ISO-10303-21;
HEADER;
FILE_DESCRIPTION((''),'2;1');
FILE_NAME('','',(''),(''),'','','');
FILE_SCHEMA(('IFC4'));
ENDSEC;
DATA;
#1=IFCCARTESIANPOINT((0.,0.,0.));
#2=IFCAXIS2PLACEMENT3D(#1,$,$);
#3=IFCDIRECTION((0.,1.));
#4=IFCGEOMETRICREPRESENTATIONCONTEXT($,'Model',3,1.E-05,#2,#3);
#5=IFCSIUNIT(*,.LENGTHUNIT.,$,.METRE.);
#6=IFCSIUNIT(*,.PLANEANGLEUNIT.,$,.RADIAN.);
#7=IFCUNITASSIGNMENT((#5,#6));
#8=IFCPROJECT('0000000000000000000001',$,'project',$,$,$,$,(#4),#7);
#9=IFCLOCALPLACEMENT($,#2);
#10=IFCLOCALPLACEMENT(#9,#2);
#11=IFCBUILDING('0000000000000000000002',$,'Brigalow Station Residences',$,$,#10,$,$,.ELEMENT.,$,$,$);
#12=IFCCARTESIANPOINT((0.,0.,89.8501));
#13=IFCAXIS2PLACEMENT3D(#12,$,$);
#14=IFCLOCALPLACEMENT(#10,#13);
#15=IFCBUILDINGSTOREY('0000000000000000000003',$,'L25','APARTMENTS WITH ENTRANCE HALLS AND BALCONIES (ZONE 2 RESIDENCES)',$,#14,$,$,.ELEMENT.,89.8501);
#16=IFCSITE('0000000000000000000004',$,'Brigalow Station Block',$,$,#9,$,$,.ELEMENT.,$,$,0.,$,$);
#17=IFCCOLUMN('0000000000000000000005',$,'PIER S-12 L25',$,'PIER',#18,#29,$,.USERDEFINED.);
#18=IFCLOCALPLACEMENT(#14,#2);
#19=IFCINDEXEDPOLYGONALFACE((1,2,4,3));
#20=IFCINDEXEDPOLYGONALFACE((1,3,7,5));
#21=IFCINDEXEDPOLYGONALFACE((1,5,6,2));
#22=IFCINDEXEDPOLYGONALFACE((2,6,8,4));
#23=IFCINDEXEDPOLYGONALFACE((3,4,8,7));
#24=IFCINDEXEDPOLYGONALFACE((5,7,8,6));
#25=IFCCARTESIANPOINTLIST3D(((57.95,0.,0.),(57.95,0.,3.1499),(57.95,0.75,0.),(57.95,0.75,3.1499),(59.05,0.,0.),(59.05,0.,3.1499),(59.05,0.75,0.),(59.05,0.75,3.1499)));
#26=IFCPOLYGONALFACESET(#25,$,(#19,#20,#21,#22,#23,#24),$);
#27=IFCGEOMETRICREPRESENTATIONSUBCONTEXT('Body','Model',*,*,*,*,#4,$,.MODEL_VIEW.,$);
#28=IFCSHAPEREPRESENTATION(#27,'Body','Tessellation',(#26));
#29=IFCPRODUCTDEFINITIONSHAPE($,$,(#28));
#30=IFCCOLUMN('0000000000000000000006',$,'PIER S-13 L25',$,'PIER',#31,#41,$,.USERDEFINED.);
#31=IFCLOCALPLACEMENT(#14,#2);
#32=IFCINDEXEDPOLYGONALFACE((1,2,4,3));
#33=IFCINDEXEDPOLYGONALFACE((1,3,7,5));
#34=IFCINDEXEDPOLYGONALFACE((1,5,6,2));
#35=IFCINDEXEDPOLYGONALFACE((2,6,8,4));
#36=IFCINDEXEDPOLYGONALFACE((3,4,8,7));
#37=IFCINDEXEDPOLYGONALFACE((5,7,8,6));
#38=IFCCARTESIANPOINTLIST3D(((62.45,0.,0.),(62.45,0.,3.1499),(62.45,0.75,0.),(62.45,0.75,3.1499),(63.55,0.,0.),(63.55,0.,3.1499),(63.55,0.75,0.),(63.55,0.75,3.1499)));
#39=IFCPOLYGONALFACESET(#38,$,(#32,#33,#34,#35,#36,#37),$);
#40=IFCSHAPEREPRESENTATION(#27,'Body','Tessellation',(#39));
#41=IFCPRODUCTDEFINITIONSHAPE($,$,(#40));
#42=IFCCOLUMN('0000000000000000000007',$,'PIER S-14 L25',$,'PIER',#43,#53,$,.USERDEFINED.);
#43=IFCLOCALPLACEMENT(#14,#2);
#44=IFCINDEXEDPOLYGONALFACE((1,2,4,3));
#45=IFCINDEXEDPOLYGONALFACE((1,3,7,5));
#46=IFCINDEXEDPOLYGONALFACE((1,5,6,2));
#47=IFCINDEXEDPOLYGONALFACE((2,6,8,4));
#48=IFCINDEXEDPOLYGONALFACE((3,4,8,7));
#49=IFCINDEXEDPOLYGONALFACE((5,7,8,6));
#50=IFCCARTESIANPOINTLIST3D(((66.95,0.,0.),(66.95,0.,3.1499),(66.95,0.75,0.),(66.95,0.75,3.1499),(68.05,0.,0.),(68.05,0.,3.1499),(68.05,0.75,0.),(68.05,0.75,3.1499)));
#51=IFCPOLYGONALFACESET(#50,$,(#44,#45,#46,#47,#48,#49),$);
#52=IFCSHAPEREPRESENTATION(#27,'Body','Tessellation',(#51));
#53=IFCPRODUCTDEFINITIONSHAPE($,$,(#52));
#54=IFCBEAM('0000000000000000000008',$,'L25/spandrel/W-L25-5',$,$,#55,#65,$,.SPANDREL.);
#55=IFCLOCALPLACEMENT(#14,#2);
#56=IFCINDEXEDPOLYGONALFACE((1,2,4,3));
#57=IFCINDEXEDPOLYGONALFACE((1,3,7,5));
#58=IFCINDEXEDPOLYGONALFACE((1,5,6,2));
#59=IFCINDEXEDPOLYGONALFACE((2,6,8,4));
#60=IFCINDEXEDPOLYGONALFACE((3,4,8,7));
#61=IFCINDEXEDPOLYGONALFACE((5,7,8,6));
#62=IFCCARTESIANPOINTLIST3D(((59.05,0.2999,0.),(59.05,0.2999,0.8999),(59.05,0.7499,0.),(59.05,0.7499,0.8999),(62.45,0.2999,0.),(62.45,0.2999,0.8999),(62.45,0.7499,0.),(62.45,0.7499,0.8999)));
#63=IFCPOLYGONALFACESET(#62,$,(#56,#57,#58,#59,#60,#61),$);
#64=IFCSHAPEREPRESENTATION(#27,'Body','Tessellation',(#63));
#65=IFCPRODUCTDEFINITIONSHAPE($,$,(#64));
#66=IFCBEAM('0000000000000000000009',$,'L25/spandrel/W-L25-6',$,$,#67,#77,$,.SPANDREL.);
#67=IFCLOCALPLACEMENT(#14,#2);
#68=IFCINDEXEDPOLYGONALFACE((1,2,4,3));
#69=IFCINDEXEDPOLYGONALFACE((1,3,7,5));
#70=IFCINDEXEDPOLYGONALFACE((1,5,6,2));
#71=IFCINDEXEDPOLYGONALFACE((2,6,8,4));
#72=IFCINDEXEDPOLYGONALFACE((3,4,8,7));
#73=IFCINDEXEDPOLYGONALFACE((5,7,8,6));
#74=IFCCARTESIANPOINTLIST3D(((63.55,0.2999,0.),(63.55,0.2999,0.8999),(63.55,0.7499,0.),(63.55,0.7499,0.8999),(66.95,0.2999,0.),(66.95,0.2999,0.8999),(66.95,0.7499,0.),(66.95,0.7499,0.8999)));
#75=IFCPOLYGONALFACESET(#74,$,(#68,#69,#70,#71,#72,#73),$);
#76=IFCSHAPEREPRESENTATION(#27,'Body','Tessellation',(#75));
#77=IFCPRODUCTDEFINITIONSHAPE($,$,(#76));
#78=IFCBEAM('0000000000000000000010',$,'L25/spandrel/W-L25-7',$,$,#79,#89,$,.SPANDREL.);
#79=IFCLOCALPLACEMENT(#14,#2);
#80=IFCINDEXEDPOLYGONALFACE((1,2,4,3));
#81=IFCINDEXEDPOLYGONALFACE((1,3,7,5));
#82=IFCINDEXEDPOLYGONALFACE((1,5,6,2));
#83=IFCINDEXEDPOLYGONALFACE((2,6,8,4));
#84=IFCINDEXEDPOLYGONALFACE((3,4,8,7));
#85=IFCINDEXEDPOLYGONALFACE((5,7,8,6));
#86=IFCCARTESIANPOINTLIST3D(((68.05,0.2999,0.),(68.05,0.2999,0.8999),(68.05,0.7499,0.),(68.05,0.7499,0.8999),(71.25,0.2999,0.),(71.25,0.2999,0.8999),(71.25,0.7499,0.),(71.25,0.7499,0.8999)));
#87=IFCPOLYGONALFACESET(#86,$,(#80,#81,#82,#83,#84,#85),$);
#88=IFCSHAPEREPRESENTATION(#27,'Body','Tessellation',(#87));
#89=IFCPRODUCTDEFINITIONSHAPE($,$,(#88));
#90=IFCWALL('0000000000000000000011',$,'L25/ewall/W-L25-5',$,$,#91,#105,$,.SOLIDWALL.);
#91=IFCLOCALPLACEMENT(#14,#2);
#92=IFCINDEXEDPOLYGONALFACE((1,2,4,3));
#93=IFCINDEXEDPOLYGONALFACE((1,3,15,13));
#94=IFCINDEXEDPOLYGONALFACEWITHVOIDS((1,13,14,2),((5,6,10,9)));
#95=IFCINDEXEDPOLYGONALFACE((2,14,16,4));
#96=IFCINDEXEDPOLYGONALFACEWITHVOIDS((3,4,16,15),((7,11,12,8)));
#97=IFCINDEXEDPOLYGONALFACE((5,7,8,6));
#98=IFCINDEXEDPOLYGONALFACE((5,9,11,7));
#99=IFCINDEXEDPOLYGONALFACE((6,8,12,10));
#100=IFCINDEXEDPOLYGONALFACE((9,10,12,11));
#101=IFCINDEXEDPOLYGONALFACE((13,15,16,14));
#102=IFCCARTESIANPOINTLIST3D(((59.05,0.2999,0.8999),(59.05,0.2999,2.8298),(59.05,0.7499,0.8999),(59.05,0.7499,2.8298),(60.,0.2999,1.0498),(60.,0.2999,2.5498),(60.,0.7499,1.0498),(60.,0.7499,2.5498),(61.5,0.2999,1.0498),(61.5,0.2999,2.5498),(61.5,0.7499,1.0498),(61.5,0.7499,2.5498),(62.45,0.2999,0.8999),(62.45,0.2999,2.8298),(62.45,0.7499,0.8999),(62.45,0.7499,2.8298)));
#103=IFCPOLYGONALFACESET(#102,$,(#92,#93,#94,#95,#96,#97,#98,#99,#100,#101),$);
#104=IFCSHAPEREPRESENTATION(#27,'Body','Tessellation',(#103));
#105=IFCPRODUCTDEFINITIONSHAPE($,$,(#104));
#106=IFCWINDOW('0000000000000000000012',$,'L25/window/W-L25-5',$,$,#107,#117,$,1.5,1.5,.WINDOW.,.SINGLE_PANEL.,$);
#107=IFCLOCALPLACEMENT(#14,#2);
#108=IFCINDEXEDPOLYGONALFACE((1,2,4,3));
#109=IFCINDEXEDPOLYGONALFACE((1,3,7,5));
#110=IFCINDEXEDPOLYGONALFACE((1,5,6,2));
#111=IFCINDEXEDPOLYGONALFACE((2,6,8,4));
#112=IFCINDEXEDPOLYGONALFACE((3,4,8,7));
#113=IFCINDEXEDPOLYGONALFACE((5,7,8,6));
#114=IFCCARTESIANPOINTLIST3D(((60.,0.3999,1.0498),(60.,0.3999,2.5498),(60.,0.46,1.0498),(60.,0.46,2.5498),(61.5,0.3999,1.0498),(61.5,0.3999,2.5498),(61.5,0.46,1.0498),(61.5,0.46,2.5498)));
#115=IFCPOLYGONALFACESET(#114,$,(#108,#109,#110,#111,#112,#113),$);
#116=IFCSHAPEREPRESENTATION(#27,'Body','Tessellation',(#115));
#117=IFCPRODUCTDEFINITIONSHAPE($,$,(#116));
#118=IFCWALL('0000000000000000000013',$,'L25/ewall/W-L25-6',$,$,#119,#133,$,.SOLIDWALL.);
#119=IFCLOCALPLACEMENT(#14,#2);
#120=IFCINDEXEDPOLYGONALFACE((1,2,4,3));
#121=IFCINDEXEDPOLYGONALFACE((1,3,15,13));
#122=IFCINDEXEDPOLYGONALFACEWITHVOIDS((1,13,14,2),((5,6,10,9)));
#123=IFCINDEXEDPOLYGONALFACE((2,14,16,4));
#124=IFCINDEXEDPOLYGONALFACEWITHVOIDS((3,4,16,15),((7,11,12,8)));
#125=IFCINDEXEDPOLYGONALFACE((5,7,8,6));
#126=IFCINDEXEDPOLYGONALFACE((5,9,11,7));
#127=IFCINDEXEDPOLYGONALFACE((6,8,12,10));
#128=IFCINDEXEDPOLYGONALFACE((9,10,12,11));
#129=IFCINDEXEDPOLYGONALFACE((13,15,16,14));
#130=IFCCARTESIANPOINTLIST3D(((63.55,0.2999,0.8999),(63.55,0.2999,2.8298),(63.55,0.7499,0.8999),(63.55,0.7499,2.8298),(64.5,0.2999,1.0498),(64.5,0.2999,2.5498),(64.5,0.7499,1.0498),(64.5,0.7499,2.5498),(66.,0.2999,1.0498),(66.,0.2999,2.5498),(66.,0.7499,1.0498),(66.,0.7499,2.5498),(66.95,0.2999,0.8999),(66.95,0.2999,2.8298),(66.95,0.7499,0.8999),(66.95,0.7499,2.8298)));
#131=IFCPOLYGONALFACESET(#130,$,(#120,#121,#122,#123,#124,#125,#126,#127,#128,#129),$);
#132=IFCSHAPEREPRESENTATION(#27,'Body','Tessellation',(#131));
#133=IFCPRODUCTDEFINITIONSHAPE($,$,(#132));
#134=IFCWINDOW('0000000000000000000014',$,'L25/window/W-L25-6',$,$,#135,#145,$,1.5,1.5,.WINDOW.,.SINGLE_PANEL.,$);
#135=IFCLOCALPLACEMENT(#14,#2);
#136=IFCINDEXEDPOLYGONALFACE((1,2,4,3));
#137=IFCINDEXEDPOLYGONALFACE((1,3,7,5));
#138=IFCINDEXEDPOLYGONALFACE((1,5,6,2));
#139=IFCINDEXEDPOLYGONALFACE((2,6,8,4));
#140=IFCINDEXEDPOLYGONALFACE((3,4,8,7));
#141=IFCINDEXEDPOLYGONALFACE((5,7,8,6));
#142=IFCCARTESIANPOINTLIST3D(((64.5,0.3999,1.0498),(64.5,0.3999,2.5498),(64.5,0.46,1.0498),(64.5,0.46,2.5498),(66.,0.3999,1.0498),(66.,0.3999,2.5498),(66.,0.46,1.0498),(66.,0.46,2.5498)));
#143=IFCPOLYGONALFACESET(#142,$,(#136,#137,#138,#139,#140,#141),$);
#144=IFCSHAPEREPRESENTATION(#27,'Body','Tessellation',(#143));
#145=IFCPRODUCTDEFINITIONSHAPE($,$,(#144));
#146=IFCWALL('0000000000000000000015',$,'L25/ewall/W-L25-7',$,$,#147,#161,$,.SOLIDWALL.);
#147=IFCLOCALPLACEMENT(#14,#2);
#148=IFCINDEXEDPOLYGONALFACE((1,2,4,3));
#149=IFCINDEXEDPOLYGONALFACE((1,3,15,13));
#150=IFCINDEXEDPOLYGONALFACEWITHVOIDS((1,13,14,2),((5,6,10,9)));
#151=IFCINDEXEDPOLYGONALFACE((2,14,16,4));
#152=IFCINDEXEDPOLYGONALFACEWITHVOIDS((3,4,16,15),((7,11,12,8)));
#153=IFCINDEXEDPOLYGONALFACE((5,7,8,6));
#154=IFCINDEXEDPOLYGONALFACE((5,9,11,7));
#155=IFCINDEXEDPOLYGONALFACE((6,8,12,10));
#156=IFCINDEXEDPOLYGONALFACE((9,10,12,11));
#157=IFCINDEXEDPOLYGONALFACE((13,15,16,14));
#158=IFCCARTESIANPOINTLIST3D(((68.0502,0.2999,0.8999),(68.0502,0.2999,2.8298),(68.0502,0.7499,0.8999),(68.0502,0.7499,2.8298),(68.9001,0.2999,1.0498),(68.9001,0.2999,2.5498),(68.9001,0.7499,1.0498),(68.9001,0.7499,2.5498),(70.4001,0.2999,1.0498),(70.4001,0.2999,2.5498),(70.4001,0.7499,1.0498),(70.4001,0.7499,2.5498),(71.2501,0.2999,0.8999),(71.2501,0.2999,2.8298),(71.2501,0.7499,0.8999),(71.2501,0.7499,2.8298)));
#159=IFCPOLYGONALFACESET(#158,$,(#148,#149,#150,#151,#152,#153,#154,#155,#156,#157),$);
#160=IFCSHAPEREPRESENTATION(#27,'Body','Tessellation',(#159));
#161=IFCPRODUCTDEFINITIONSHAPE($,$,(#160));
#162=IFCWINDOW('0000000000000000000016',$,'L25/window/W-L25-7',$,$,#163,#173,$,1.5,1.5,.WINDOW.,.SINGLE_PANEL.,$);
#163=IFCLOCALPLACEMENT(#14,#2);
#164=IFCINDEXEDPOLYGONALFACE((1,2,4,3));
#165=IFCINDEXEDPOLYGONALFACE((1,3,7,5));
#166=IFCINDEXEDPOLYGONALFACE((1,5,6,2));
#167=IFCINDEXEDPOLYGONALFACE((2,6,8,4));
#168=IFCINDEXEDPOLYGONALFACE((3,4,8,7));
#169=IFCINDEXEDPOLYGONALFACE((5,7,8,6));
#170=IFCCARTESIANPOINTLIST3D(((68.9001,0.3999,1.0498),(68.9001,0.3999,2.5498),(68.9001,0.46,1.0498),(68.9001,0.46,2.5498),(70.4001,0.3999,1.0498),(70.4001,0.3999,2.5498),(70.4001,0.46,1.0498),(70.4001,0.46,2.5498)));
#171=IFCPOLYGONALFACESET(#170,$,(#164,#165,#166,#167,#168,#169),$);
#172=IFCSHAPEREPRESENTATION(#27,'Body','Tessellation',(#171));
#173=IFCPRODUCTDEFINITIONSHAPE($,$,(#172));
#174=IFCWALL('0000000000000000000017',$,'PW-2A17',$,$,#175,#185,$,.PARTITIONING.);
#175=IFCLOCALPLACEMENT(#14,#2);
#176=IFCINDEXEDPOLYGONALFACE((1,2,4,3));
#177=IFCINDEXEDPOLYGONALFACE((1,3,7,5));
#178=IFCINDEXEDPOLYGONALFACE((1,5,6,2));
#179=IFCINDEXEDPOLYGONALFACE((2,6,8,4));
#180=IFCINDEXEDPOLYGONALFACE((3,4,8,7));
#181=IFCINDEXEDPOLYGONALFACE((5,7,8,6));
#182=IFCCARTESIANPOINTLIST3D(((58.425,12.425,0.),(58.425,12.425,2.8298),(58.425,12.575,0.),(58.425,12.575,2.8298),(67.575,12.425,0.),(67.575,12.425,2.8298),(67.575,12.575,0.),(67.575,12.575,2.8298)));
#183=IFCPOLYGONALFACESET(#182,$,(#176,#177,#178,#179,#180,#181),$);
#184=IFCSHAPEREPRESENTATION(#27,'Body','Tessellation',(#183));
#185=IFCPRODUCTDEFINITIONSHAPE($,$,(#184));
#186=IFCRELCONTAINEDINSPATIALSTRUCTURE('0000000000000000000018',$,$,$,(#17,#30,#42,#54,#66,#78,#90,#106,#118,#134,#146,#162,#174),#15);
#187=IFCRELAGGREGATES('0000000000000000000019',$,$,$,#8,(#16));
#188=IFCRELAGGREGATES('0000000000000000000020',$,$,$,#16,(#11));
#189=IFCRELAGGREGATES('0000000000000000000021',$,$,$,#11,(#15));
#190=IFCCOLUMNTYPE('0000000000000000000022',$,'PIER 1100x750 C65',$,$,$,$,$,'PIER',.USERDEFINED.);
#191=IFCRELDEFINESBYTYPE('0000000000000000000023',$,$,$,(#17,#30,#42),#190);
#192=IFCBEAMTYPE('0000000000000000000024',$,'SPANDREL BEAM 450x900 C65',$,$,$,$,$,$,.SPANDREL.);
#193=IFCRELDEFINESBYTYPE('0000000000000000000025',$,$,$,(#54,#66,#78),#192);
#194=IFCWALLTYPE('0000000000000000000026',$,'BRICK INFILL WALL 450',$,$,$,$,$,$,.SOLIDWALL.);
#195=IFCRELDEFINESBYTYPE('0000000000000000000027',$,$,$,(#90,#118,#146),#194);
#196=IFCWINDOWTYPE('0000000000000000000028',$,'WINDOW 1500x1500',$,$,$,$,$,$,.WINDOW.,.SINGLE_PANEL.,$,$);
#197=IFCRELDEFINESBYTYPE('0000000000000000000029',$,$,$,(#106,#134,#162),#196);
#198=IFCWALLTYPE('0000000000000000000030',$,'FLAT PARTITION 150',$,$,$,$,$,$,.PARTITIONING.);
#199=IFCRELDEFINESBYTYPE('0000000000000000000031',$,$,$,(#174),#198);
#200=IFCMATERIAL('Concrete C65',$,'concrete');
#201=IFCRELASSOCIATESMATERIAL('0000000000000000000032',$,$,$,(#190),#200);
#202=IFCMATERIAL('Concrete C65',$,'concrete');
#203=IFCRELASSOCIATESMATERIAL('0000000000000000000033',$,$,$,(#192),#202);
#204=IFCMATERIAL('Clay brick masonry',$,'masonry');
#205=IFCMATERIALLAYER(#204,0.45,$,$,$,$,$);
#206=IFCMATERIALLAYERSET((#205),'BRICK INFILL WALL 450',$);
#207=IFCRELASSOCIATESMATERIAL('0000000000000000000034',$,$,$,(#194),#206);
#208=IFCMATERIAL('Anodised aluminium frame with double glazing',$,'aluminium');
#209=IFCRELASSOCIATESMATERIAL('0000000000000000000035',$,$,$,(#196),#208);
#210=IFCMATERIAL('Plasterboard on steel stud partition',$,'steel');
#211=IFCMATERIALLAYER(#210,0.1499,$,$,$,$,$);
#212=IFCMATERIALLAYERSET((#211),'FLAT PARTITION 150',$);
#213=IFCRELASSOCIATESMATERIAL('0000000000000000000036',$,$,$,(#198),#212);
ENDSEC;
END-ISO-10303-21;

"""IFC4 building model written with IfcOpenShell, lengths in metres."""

from ifc_helpers import new_model, si_unit, direction, frame, frame_2d, origin, origin_2d, place, context, subcontext, project, spatial, rectangle, extrude, material, layer, layer_set, material_profile, profile_set, type_object, element, fill, save


model = new_model("IFC4")

# Units and contexts
model_context = context("Model", 3, precision=1e-05, world=origin(), true_north=direction((0.0, 1.0)))
body_context = subcontext(model_context, "Body", "Model", "MODEL_VIEW")
ifc_project = project(units=[si_unit("LENGTHUNIT", "METRE"), si_unit("PLANEANGLEUNIT", "RADIAN")], contexts=[model_context])

# Site, building, storey
site_placement = place(None, origin())
site = spatial("IfcSite", under=ifc_project, at=site_placement, Name="Brigalow Station Block", CompositionType="ELEMENT", RefElevation=0.0)
building_placement = place(site_placement, origin())
building = spatial("IfcBuilding", under=site, at=building_placement, Name="Brigalow Station Residences", CompositionType="ELEMENT")
storey_placement = place(building_placement, frame((0.0, 0.0, 89.8501)))
storey = spatial("IfcBuildingStorey", under=building, at=storey_placement, Name="L25", Description="APARTMENTS WITH ENTRANCE HALLS AND BALCONIES (ZONE 2 RESIDENCES)", CompositionType="ELEMENT", Elevation=89.8501)

# Columns
ifc_material_1 = material(Name="Concrete C65", Category="concrete")
ifc_material_profile_1 = material_profile(ifc_material_1, rectangle(XDim=1.1001, YDim=0.75, at=origin_2d()), Name="RC1100x750")
ifc_profile_set_1 = profile_set([ifc_material_profile_1], Name="Concrete C65")
column_type = type_object("IfcColumnType", Name="PIER 1100x750 C65", ElementType="PIER", PredefinedType="USERDEFINED", material=ifc_profile_set_1)
for number, where, z_axis, x_axis, name in (
    (1, (58.5, 0.375, 0.0), (0.0, 0.0, 1.0), (1.0, 0.0, 0.0), "PIER S-12 L25"),
    (2, (63.0, 0.375, 0.0), (0.0, 0.0, 1.0), (1.0, 0.0, 0.0), "PIER S-13 L25"),
    (3, (67.5, 0.375, 0.0), (0.0, 0.0, 1.0), (1.0, 0.0, 0.0), "PIER S-14 L25"),
):
    element("IfcColumn", number, at=place(storey_placement, frame(where, z_axis=z_axis, x_axis=x_axis)), inside=storey, type_object=column_type, Name=name, ObjectType="PIER", PredefinedType="USERDEFINED", context=body_context, shape_type="SweptSolid", body=[
        extrude(rectangle(XDim=1.1001, YDim=0.75, at=origin_2d()), origin(), (0.0, 0.0, 1.0), 3.1499),
    ])

# Beams
ifc_material_2 = material(Name="Concrete C65", Category="concrete")
ifc_material_profile_2 = material_profile(ifc_material_2, rectangle(XDim=0.45, YDim=0.8999, at=origin_2d()), Name="RC450x900")
ifc_profile_set_2 = profile_set([ifc_material_profile_2], Name="Concrete C65")
beam_type = type_object("IfcBeamType", Name="SPANDREL BEAM 450x900 C65", PredefinedType="SPANDREL", material=ifc_profile_set_2)
for number, where, z_axis, x_axis, name in (
    (4, (59.05, 0.5249, 0.45), (1.0, 0.0, 0.0), (0.0, 1.0, 0.0), "L25/spandrel/W-L25-5"),
    (5, (63.55, 0.5249, 0.45), (1.0, 0.0, 0.0), (0.0, 1.0, 0.0), "L25/spandrel/W-L25-6"),
):
    element("IfcBeam", number, at=place(storey_placement, frame(where, z_axis=z_axis, x_axis=x_axis)), inside=storey, type_object=beam_type, Name=name, PredefinedType="SPANDREL", context=body_context, shape_type="SweptSolid", body=[
        extrude(rectangle(XDim=0.45, YDim=0.8999, at=origin_2d()), origin(), (0.0, 0.0, 1.0), 3.3999),
    ])
beam_placement = place(storey_placement, frame((68.05, 0.5249, 0.45), z_axis=(1.0, 0.0, 0.0), x_axis=(0.0, 1.0, 0.0)))
element("IfcBeam", 6, at=beam_placement, inside=storey, type_object=beam_type, Name="L25/spandrel/W-L25-7", PredefinedType="SPANDREL", context=body_context, shape_type="SweptSolid", body=[
    extrude(rectangle(XDim=0.45, YDim=0.8999, at=origin_2d()), origin(), (0.0, 0.0, 1.0), 3.2),
])

# Walls, openings, windows
ifc_material_3 = material(Name="Clay brick masonry", Category="masonry")
ifc_layer_1 = layer(ifc_material_3, 0.45)
ifc_layer_set_1 = layer_set([ifc_layer_1], Name="BRICK INFILL WALL 450")
wall_type_1 = type_object("IfcWallType", Name="BRICK INFILL WALL 450", PredefinedType="SOLIDWALL", material=ifc_layer_set_1)
wall_1_placement = place(storey_placement, frame((59.05, 0.5249, 0.8999), z_axis=(0.0, 0.0, 1.0), x_axis=(1.0, 0.0, 0.0)))
wall_1 = element("IfcWall", 7, at=wall_1_placement, inside=storey, type_object=wall_type_1, Name="L25/ewall/W-L25-5", PredefinedType="SOLIDWALL", context=body_context, shape_type="SweptSolid", body=[
    extrude(rectangle(XDim=3.3999, YDim=0.45, at=frame_2d((1.7, 0.0))), origin(), (0.0, 0.0, 1.0), 1.9299),
])
opening_1_placement = place(wall_1_placement, frame((0.95, 0.0, 0.1499)))
opening_1 = element("IfcOpeningElement", 8, at=opening_1_placement, cuts=wall_1, PredefinedType="OPENING", context=body_context, shape_type="SweptSolid", body=[
    extrude(rectangle(XDim=1.5, YDim=1.5, at=frame_2d((0.75, 0.75))), frame((0.0, 0.2349, 0.0), z_axis=(0.0, -1.0, 0.0), x_axis=(1.0, 0.0, 0.0)), (0.0, 0.0, 1.0), 0.47),
])
ifc_material_4 = material(Name="Anodised aluminium frame with double glazing", Category="aluminium")
window_type = type_object("IfcWindowType", Name="WINDOW 1500x1500", PartitioningType="SINGLE_PANEL", PredefinedType="WINDOW", material=ifc_material_4)
window_1_placement = place(opening_1_placement, origin())
window_1 = element("IfcWindow", 9, at=window_1_placement, inside=storey, type_object=window_type, Name="L25/window/W-L25-5", OverallHeight=1.5, OverallWidth=1.5, PartitioningType="SINGLE_PANEL", PredefinedType="WINDOW", context=body_context, shape_type="SweptSolid", body=[
    extrude(rectangle(XDim=1.5, YDim=1.5, at=frame_2d((0.75, 0.75))), frame((0.0, -0.0649, 0.0), z_axis=(0.0, -1.0, 0.0), x_axis=(1.0, 0.0, 0.0)), (0.0, 0.0, 1.0), 0.0601),
])
fill(opening_1, window_1)
wall_2_placement = place(storey_placement, frame((63.55, 0.5249, 0.8999), z_axis=(0.0, 0.0, 1.0), x_axis=(1.0, 0.0, 0.0)))
wall_2 = element("IfcWall", 10, at=wall_2_placement, inside=storey, type_object=wall_type_1, Name="L25/ewall/W-L25-6", PredefinedType="SOLIDWALL", context=body_context, shape_type="SweptSolid", body=[
    extrude(rectangle(XDim=3.3999, YDim=0.45, at=frame_2d((1.7, 0.0))), origin(), (0.0, 0.0, 1.0), 1.9299),
])
opening_2_placement = place(wall_2_placement, frame((0.95, 0.0, 0.1499)))
opening_2 = element("IfcOpeningElement", 11, at=opening_2_placement, cuts=wall_2, PredefinedType="OPENING", context=body_context, shape_type="SweptSolid", body=[
    extrude(rectangle(XDim=1.5, YDim=1.5, at=frame_2d((0.75, 0.75))), frame((0.0, 0.2349, 0.0), z_axis=(0.0, -1.0, 0.0), x_axis=(1.0, 0.0, 0.0)), (0.0, 0.0, 1.0), 0.47),
])
window_2_placement = place(opening_2_placement, origin())
window_2 = element("IfcWindow", 12, at=window_2_placement, inside=storey, type_object=window_type, Name="L25/window/W-L25-6", OverallHeight=1.5, OverallWidth=1.5, PartitioningType="SINGLE_PANEL", PredefinedType="WINDOW", context=body_context, shape_type="SweptSolid", body=[
    extrude(rectangle(XDim=1.5, YDim=1.5, at=frame_2d((0.75, 0.75))), frame((0.0, -0.0649, 0.0), z_axis=(0.0, -1.0, 0.0), x_axis=(1.0, 0.0, 0.0)), (0.0, 0.0, 1.0), 0.0601),
])
fill(opening_2, window_2)
wall_3_placement = place(storey_placement, frame((68.05, 0.5249, 0.8999), z_axis=(0.0, 0.0, 1.0), x_axis=(1.0, 0.0, 0.0)))
wall_3 = element("IfcWall", 13, at=wall_3_placement, inside=storey, type_object=wall_type_1, Name="L25/ewall/W-L25-7", PredefinedType="SOLIDWALL", context=body_context, shape_type="SweptSolid", body=[
    extrude(rectangle(XDim=3.2, YDim=0.45, at=frame_2d((1.6001, 0.0))), origin(), (0.0, 0.0, 1.0), 1.9299),
])
opening_3_placement = place(wall_3_placement, frame((0.8501, 0.0, 0.1499)))
opening_3 = element("IfcOpeningElement", 14, at=opening_3_placement, cuts=wall_3, PredefinedType="OPENING", context=body_context, shape_type="SweptSolid", body=[
    extrude(rectangle(XDim=1.5, YDim=1.5, at=frame_2d((0.75, 0.75))), frame((0.0, 0.2349, 0.0), z_axis=(0.0, -1.0, 0.0), x_axis=(1.0, 0.0, 0.0)), (0.0, 0.0, 1.0), 0.47),
])
window_3_placement = place(opening_3_placement, origin())
window_3 = element("IfcWindow", 15, at=window_3_placement, inside=storey, type_object=window_type, Name="L25/window/W-L25-7", OverallHeight=1.5, OverallWidth=1.5, PartitioningType="SINGLE_PANEL", PredefinedType="WINDOW", context=body_context, shape_type="SweptSolid", body=[
    extrude(rectangle(XDim=1.5, YDim=1.5, at=frame_2d((0.75, 0.75))), frame((0.0, -0.0649, 0.0), z_axis=(0.0, -1.0, 0.0), x_axis=(1.0, 0.0, 0.0)), (0.0, 0.0, 1.0), 0.0601),
])
fill(opening_3, window_3)

# Wall
ifc_material_5 = material(Name="Plasterboard on steel stud partition", Category="steel")
ifc_layer_2 = layer(ifc_material_5, 0.1499)
ifc_layer_set_2 = layer_set([ifc_layer_2], Name="FLAT PARTITION 150")
wall_type_2 = type_object("IfcWallType", Name="FLAT PARTITION 150", PredefinedType="PARTITIONING", material=ifc_layer_set_2)
wall_4_placement = place(storey_placement, frame((58.425, 12.5, 0.0), z_axis=(0.0, 0.0, 1.0), x_axis=(1.0, 0.0, 0.0)))
element("IfcWall", 16, at=wall_4_placement, inside=storey, type_object=wall_type_2, Name="PW-2A17", PredefinedType="PARTITIONING", context=body_context, shape_type="SweptSolid", body=[
    extrude(rectangle(XDim=9.1499, YDim=0.1499, at=frame_2d((4.575, 0.0))), origin(), (0.0, 0.0, 1.0), 2.8298),
])

save(model, "model.ifc")
